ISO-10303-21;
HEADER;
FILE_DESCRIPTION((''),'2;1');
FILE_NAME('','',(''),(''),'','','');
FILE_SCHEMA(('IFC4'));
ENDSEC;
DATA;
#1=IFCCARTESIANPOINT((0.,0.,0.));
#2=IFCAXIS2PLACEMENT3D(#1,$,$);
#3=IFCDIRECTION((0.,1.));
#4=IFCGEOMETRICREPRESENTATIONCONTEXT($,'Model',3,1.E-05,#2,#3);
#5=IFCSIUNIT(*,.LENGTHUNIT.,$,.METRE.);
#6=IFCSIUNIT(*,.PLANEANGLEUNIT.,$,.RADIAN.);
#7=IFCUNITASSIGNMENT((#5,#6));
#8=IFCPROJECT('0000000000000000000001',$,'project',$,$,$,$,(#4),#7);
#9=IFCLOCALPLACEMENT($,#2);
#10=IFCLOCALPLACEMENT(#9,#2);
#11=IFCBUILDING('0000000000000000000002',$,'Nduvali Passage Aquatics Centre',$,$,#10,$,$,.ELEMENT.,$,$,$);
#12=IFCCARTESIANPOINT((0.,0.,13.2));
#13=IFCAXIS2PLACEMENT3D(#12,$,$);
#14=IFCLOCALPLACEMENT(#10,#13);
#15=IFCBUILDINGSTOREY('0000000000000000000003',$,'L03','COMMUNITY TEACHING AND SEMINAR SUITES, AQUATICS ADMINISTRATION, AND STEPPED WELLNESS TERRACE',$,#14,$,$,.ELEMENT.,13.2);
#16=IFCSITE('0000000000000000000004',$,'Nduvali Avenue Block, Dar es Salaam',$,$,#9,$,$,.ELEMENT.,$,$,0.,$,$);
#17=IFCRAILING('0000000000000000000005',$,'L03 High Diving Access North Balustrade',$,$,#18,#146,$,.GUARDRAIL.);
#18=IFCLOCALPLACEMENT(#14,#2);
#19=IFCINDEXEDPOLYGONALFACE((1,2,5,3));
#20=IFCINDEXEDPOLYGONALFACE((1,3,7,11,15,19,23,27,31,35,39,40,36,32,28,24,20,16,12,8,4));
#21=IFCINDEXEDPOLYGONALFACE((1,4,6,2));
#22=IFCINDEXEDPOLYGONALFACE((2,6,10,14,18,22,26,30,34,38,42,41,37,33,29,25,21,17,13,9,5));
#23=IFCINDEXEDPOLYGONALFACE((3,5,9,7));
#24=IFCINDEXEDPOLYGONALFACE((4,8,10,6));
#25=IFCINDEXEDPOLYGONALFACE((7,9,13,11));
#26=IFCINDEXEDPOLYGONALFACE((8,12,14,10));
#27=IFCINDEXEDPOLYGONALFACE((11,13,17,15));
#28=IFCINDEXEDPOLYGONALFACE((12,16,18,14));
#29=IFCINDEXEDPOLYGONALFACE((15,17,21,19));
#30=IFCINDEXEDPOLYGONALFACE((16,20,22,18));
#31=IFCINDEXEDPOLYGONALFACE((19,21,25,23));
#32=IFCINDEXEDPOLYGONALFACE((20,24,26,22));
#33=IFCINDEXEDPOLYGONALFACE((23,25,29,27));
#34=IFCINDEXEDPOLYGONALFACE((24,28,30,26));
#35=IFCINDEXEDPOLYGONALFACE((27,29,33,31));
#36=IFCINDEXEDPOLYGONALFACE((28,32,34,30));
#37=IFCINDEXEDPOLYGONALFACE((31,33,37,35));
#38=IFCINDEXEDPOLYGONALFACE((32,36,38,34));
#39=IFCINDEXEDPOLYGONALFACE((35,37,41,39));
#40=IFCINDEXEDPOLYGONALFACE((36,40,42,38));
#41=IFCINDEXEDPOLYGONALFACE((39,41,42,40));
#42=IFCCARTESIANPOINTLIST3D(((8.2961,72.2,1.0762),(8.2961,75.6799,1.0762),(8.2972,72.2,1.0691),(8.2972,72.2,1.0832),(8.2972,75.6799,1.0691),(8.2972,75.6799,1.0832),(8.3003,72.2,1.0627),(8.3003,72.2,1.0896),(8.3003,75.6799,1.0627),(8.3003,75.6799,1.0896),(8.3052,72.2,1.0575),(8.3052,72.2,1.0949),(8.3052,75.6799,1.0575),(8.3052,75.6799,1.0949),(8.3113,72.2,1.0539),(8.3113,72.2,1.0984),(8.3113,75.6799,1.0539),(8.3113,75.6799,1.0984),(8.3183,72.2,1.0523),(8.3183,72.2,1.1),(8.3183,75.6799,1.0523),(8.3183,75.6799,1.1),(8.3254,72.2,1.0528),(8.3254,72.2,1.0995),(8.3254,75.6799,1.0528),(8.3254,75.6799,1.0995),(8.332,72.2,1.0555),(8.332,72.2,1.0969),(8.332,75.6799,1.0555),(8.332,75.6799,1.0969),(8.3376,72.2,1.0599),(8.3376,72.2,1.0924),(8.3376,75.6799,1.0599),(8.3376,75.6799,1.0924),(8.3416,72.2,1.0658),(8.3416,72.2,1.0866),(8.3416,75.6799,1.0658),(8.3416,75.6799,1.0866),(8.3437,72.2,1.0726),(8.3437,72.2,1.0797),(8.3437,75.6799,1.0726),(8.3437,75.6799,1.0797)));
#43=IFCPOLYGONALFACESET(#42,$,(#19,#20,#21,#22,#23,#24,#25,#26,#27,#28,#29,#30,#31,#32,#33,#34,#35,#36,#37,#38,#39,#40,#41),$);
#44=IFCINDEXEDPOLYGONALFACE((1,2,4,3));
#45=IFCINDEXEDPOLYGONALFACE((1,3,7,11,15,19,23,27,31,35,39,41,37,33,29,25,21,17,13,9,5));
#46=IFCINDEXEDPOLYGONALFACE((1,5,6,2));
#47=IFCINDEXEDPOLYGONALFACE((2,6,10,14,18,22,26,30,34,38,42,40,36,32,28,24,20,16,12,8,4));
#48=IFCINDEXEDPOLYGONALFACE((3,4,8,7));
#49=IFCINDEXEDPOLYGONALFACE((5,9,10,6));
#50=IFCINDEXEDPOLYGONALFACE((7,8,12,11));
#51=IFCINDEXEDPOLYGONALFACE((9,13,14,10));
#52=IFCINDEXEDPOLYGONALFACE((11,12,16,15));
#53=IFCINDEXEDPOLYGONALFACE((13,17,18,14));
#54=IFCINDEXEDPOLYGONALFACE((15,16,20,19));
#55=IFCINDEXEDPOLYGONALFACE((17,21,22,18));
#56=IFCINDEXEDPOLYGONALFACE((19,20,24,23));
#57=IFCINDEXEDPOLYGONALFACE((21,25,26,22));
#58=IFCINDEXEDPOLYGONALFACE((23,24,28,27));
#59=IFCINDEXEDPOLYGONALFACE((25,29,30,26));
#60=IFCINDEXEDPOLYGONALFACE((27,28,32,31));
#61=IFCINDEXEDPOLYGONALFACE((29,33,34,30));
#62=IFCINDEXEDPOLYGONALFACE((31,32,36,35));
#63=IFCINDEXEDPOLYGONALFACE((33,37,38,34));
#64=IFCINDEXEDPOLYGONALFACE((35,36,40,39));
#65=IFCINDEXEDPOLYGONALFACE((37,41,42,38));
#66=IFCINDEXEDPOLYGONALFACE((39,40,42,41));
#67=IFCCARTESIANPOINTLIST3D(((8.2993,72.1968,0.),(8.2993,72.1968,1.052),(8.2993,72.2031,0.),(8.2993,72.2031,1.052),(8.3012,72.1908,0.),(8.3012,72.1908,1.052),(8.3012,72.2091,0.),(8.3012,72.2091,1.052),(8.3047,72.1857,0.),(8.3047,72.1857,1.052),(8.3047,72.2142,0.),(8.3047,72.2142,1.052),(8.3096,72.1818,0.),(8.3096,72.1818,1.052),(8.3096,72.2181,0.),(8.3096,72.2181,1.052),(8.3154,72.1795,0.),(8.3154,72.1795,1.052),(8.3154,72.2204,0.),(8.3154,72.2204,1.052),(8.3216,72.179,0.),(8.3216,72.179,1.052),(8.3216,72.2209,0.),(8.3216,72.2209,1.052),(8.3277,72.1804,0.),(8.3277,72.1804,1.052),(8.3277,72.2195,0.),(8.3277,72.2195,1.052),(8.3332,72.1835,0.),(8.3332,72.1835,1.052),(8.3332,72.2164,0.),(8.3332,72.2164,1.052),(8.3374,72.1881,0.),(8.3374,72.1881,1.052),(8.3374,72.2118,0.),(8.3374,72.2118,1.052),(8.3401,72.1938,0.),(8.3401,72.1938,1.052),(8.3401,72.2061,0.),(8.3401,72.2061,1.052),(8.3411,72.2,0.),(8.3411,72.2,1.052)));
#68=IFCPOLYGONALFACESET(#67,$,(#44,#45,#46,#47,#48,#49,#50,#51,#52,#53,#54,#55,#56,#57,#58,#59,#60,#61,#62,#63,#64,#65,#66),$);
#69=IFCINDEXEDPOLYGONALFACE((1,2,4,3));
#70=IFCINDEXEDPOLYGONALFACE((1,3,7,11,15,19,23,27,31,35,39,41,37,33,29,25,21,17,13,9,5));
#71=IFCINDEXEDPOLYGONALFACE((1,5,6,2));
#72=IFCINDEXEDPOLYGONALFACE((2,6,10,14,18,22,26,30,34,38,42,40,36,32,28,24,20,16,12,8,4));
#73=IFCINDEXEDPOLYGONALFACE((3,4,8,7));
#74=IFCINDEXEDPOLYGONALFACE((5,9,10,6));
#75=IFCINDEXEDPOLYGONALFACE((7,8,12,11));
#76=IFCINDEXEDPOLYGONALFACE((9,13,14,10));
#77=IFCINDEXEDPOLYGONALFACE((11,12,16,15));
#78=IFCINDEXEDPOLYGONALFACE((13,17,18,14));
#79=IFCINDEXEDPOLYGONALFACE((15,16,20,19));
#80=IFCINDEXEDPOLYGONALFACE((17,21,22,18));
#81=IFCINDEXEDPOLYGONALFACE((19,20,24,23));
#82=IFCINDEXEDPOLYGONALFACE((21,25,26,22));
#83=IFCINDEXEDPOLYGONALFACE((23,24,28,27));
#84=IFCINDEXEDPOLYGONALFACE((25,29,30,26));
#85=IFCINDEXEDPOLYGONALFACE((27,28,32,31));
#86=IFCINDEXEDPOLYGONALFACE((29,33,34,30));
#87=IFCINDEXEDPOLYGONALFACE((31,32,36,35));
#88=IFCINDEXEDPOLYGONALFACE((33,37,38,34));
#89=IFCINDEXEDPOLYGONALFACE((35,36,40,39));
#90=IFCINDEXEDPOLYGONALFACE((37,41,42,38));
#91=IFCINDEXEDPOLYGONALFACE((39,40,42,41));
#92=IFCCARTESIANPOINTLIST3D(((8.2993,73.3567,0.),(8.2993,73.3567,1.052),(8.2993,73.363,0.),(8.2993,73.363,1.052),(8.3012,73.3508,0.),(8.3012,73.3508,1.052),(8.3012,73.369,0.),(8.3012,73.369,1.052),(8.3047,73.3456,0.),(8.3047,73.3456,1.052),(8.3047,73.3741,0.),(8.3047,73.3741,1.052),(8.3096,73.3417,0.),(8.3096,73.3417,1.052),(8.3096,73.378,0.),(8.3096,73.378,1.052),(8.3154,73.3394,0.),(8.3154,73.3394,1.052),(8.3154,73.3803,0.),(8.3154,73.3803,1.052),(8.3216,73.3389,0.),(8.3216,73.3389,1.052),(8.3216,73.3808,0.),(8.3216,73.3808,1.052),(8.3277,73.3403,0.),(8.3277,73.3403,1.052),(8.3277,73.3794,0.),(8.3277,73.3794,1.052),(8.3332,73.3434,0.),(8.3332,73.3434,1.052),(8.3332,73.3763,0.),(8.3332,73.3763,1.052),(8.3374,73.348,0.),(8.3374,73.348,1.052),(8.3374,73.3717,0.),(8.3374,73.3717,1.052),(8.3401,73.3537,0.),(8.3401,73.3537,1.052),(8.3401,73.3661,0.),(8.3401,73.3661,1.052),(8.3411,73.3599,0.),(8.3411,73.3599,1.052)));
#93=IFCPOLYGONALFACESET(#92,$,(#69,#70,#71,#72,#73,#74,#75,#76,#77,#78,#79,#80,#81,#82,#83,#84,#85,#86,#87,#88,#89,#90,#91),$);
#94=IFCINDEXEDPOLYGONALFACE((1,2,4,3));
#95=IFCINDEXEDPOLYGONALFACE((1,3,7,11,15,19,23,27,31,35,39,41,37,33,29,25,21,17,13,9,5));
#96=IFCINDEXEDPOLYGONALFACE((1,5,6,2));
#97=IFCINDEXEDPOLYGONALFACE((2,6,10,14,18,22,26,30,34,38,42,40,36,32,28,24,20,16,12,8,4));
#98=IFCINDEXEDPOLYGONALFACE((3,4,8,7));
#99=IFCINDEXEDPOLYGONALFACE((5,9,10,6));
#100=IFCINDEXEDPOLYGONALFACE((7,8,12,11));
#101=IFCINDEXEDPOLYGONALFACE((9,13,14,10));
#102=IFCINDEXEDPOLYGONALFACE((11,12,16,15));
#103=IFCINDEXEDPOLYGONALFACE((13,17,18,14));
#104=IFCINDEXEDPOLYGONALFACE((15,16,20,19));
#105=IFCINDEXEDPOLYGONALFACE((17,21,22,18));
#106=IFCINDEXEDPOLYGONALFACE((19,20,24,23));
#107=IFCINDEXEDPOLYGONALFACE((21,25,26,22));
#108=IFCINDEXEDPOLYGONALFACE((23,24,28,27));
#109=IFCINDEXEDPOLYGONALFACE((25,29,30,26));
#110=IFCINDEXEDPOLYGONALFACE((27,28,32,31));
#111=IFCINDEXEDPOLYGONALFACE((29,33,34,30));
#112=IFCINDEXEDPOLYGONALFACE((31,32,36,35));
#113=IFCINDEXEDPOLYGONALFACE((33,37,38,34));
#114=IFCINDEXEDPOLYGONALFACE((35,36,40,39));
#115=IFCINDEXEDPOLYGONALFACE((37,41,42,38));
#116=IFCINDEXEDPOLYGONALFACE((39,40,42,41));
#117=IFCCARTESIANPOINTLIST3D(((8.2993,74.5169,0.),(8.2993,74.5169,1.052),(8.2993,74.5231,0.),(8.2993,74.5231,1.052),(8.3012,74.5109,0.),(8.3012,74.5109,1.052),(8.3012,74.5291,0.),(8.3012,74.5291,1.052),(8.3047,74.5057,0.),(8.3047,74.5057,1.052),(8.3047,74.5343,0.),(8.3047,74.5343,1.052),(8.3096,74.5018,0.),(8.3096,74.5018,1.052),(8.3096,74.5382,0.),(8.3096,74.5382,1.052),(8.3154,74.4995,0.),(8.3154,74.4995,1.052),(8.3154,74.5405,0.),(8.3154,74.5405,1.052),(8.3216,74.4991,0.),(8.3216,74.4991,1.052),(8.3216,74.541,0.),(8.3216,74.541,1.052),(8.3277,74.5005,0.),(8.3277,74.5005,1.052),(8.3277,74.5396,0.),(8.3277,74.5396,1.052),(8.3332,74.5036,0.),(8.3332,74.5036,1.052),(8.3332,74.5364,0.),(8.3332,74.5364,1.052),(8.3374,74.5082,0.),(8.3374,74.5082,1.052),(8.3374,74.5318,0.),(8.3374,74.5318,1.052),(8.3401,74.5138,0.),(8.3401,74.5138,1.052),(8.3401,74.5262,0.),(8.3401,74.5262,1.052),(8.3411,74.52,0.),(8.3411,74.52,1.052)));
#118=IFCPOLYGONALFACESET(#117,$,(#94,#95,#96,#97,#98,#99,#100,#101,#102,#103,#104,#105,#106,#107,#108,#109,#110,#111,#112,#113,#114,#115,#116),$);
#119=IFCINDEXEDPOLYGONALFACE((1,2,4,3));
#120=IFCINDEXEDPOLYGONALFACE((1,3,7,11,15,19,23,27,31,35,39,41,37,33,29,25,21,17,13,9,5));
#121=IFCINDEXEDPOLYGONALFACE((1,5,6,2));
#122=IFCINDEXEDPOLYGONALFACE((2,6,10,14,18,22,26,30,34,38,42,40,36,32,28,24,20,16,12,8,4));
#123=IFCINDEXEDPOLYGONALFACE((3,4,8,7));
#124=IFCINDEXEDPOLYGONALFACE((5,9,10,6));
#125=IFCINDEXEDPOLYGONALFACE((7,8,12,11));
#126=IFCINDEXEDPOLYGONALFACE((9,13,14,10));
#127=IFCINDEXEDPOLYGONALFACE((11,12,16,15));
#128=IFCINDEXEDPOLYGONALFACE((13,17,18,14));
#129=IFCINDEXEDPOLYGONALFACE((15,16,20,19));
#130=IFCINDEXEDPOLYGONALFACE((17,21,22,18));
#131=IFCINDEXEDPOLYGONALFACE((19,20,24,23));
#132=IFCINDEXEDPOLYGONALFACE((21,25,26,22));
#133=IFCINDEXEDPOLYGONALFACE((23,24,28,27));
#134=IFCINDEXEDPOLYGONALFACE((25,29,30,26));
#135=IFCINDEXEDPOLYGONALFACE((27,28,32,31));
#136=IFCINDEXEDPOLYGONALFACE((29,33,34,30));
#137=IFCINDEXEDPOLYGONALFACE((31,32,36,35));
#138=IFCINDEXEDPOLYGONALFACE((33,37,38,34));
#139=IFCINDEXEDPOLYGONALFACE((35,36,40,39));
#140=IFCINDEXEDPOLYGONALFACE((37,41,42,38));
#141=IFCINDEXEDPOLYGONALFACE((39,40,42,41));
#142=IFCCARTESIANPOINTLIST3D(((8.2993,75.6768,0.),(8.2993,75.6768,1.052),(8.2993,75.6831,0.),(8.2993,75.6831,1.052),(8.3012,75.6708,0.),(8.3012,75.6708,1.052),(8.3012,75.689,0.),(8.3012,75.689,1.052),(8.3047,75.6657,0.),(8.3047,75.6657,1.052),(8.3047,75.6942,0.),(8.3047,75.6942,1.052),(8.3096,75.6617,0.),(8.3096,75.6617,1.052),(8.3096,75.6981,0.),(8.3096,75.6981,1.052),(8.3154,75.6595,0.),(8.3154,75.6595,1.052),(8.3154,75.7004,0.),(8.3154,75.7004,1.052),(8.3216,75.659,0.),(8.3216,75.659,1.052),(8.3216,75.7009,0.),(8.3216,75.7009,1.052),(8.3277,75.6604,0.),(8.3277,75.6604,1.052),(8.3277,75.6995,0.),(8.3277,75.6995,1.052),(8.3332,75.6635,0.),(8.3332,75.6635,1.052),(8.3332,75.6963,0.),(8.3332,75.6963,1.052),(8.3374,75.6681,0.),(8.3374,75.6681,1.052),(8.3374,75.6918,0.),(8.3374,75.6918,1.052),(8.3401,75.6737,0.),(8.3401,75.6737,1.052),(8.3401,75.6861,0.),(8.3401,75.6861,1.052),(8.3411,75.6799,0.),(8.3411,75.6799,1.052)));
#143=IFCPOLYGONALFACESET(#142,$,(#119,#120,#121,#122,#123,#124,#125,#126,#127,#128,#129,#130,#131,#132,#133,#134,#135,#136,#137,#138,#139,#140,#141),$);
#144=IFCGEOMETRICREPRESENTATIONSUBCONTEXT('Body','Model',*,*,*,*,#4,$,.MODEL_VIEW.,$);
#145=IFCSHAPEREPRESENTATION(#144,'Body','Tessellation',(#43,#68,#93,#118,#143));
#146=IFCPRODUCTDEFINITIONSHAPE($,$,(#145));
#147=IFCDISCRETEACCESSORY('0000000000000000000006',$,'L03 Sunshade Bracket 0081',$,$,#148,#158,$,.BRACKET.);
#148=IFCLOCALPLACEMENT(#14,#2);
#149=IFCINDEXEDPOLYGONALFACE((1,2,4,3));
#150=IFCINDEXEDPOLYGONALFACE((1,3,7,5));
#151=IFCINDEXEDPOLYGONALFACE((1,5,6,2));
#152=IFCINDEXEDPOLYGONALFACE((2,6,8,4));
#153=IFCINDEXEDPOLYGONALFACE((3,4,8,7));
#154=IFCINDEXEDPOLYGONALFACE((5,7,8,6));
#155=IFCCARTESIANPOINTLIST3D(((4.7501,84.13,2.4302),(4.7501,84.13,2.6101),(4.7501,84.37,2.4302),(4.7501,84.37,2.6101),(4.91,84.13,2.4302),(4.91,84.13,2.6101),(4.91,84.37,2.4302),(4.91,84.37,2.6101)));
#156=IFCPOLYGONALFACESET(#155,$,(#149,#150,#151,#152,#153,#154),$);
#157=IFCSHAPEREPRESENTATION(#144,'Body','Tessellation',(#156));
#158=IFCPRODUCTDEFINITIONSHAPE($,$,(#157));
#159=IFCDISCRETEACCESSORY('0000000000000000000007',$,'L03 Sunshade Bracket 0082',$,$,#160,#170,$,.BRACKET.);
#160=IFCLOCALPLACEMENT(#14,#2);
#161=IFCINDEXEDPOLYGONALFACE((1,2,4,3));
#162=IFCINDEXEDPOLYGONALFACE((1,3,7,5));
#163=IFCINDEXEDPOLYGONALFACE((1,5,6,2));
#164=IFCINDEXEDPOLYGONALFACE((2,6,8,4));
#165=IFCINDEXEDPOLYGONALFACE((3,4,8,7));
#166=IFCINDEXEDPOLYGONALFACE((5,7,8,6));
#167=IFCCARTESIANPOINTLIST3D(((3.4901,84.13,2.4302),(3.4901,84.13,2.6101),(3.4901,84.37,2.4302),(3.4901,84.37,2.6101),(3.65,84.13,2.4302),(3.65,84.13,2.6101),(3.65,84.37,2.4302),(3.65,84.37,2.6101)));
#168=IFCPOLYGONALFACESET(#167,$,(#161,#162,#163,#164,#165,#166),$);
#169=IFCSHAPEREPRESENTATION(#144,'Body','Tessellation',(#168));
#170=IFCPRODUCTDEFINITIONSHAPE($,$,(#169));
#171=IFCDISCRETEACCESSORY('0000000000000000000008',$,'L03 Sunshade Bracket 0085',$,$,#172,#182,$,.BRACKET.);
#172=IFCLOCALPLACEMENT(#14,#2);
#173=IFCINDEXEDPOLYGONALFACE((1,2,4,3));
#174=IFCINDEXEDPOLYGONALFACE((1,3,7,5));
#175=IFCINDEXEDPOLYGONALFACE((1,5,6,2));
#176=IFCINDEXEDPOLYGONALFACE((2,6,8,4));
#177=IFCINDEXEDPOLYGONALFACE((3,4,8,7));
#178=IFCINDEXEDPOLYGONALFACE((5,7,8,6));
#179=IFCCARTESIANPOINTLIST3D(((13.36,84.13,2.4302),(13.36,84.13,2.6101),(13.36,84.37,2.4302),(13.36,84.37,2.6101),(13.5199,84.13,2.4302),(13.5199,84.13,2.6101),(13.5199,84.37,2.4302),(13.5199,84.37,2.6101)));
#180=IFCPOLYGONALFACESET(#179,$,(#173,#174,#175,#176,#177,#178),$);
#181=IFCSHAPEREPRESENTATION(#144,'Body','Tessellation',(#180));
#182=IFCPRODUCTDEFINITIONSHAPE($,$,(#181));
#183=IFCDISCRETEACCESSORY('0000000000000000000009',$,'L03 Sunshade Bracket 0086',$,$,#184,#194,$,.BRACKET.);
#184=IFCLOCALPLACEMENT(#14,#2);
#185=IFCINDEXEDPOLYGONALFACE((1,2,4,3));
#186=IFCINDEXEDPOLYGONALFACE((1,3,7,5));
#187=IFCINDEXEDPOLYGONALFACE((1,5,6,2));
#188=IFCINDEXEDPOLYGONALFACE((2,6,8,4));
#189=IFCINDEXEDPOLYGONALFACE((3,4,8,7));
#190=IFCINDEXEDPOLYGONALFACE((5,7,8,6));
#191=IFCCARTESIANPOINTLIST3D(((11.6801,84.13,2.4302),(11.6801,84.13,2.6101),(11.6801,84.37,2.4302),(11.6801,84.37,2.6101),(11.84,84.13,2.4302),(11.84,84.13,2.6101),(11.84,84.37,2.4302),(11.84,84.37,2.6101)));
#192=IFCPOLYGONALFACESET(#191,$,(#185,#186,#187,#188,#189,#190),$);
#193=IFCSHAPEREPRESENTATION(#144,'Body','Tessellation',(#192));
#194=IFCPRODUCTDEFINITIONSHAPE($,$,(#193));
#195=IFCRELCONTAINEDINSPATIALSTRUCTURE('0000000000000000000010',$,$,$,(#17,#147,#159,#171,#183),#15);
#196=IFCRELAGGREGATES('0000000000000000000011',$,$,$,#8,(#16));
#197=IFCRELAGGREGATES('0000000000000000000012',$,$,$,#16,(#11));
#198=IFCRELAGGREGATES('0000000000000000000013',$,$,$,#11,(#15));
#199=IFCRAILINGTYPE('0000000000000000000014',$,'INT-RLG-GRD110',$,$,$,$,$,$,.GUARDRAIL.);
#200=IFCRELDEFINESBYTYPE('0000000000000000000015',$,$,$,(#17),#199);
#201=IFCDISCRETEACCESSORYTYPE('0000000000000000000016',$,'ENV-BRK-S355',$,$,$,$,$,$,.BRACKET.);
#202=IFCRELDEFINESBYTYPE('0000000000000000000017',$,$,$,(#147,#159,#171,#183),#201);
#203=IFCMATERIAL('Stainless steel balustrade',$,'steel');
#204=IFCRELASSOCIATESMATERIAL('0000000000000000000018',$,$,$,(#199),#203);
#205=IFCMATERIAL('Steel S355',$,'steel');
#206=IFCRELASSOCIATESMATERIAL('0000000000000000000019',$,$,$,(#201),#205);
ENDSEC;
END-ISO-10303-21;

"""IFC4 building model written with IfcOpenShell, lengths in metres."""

from ifc_helpers import new_model, si_unit, direction, frame, origin, origin_2d, place, context, subcontext, project, spatial, rectangle, circle, extrude, material, type_object, element, save


model = new_model("IFC4")

# Units and contexts
model_context = context("Model", 3, precision=1e-05, world=origin(), true_north=direction((0.0, 1.0)))
body_context = subcontext(model_context, "Body", "Model", "MODEL_VIEW")
ifc_project = project(units=[si_unit("LENGTHUNIT", "METRE"), si_unit("PLANEANGLEUNIT", "RADIAN")], contexts=[model_context])

# Site, building, storey
site_placement = place(None, origin())
site = spatial("IfcSite", under=ifc_project, at=site_placement, Name="Nduvali Avenue Block, Dar es Salaam", CompositionType="ELEMENT", RefElevation=0.0)
building_placement = place(site_placement, origin())
building = spatial("IfcBuilding", under=site, at=building_placement, Name="Nduvali Passage Aquatics Centre", CompositionType="ELEMENT")
storey_placement = place(building_placement, frame((0.0, 0.0, 13.2)))
storey = spatial("IfcBuildingStorey", under=building, at=storey_placement, Name="L03", Description="COMMUNITY TEACHING AND SEMINAR SUITES, AQUATICS ADMINISTRATION, AND STEPPED WELLNESS TERRACE", CompositionType="ELEMENT", Elevation=13.2)

# Shared definitions
ifc_material_1 = material(Name="Steel S355", Category="steel")

# Railing
ifc_material_2 = material(Name="Stainless steel balustrade", Category="steel")
railing_type = type_object("IfcRailingType", Name="INT-RLG-GRD110", PredefinedType="GUARDRAIL", material=ifc_material_2)
railing_1_placement = place(storey_placement, frame((8.3201, 72.2, 0.0)))
element("IfcRailing", 1, at=railing_1_placement, inside=storey, type_object=railing_type, Name="L03 High Diving Access North Balustrade", PredefinedType="GUARDRAIL", context=body_context, shape_type="SweptSolid", body=[
    extrude(circle(Radius=0.0239, at=origin_2d()), frame((0.0, 0.0, 1.0762), z_axis=(0.0, 1.0, 0.0), x_axis=(-1.0, 0.0, 0.0)), (0.0, 0.0, 1.0), 3.48),
    extrude(circle(Radius=0.021, at=origin_2d()), origin(), (0.0, 0.0, 1.0), 1.052),
    extrude(circle(Radius=0.021, at=origin_2d()), frame((0.0, 1.1599, 0.0)), (0.0, 0.0, 1.0), 1.052),
    extrude(circle(Radius=0.021, at=origin_2d()), frame((0.0, 2.3201, 0.0)), (0.0, 0.0, 1.0), 1.052),
    extrude(circle(Radius=0.021, at=origin_2d()), frame((0.0, 3.48, 0.0)), (0.0, 0.0, 1.0), 1.052),
])

# Discrete accessories
discrete_accessory_type = type_object("IfcDiscreteAccessoryType", Name="ENV-BRK-S355", PredefinedType="BRACKET", material=ifc_material_1)
for number, where, z_axis, x_axis, name in (
    (2, (4.8301, 84.25, 2.4302), (0.0, 0.0, 1.0), (-1.0, 0.0, 0.0), "L03 Sunshade Bracket 0081"),
    (3, (3.5701, 84.25, 2.4302), (0.0, 0.0, 1.0), (-1.0, 0.0, 0.0), "L03 Sunshade Bracket 0082"),
    (4, (13.4399, 84.25, 2.4302), (0.0, 0.0, 1.0), (-1.0, 0.0, 0.0), "L03 Sunshade Bracket 0085"),
    (5, (11.76, 84.25, 2.4302), (0.0, 0.0, 1.0), (-1.0, 0.0, 0.0), "L03 Sunshade Bracket 0086"),
):
    element("IfcDiscreteAccessory", number, at=place(storey_placement, frame(where, z_axis=z_axis, x_axis=x_axis)), inside=storey, type_object=discrete_accessory_type, Name=name, PredefinedType="BRACKET", context=body_context, shape_type="SweptSolid", body=[
        extrude(rectangle(XDim=0.1599, YDim=0.24, at=origin_2d()), origin(), (0.0, 0.0, 1.0), 0.1799),
    ])

save(model, "model.ifc")
